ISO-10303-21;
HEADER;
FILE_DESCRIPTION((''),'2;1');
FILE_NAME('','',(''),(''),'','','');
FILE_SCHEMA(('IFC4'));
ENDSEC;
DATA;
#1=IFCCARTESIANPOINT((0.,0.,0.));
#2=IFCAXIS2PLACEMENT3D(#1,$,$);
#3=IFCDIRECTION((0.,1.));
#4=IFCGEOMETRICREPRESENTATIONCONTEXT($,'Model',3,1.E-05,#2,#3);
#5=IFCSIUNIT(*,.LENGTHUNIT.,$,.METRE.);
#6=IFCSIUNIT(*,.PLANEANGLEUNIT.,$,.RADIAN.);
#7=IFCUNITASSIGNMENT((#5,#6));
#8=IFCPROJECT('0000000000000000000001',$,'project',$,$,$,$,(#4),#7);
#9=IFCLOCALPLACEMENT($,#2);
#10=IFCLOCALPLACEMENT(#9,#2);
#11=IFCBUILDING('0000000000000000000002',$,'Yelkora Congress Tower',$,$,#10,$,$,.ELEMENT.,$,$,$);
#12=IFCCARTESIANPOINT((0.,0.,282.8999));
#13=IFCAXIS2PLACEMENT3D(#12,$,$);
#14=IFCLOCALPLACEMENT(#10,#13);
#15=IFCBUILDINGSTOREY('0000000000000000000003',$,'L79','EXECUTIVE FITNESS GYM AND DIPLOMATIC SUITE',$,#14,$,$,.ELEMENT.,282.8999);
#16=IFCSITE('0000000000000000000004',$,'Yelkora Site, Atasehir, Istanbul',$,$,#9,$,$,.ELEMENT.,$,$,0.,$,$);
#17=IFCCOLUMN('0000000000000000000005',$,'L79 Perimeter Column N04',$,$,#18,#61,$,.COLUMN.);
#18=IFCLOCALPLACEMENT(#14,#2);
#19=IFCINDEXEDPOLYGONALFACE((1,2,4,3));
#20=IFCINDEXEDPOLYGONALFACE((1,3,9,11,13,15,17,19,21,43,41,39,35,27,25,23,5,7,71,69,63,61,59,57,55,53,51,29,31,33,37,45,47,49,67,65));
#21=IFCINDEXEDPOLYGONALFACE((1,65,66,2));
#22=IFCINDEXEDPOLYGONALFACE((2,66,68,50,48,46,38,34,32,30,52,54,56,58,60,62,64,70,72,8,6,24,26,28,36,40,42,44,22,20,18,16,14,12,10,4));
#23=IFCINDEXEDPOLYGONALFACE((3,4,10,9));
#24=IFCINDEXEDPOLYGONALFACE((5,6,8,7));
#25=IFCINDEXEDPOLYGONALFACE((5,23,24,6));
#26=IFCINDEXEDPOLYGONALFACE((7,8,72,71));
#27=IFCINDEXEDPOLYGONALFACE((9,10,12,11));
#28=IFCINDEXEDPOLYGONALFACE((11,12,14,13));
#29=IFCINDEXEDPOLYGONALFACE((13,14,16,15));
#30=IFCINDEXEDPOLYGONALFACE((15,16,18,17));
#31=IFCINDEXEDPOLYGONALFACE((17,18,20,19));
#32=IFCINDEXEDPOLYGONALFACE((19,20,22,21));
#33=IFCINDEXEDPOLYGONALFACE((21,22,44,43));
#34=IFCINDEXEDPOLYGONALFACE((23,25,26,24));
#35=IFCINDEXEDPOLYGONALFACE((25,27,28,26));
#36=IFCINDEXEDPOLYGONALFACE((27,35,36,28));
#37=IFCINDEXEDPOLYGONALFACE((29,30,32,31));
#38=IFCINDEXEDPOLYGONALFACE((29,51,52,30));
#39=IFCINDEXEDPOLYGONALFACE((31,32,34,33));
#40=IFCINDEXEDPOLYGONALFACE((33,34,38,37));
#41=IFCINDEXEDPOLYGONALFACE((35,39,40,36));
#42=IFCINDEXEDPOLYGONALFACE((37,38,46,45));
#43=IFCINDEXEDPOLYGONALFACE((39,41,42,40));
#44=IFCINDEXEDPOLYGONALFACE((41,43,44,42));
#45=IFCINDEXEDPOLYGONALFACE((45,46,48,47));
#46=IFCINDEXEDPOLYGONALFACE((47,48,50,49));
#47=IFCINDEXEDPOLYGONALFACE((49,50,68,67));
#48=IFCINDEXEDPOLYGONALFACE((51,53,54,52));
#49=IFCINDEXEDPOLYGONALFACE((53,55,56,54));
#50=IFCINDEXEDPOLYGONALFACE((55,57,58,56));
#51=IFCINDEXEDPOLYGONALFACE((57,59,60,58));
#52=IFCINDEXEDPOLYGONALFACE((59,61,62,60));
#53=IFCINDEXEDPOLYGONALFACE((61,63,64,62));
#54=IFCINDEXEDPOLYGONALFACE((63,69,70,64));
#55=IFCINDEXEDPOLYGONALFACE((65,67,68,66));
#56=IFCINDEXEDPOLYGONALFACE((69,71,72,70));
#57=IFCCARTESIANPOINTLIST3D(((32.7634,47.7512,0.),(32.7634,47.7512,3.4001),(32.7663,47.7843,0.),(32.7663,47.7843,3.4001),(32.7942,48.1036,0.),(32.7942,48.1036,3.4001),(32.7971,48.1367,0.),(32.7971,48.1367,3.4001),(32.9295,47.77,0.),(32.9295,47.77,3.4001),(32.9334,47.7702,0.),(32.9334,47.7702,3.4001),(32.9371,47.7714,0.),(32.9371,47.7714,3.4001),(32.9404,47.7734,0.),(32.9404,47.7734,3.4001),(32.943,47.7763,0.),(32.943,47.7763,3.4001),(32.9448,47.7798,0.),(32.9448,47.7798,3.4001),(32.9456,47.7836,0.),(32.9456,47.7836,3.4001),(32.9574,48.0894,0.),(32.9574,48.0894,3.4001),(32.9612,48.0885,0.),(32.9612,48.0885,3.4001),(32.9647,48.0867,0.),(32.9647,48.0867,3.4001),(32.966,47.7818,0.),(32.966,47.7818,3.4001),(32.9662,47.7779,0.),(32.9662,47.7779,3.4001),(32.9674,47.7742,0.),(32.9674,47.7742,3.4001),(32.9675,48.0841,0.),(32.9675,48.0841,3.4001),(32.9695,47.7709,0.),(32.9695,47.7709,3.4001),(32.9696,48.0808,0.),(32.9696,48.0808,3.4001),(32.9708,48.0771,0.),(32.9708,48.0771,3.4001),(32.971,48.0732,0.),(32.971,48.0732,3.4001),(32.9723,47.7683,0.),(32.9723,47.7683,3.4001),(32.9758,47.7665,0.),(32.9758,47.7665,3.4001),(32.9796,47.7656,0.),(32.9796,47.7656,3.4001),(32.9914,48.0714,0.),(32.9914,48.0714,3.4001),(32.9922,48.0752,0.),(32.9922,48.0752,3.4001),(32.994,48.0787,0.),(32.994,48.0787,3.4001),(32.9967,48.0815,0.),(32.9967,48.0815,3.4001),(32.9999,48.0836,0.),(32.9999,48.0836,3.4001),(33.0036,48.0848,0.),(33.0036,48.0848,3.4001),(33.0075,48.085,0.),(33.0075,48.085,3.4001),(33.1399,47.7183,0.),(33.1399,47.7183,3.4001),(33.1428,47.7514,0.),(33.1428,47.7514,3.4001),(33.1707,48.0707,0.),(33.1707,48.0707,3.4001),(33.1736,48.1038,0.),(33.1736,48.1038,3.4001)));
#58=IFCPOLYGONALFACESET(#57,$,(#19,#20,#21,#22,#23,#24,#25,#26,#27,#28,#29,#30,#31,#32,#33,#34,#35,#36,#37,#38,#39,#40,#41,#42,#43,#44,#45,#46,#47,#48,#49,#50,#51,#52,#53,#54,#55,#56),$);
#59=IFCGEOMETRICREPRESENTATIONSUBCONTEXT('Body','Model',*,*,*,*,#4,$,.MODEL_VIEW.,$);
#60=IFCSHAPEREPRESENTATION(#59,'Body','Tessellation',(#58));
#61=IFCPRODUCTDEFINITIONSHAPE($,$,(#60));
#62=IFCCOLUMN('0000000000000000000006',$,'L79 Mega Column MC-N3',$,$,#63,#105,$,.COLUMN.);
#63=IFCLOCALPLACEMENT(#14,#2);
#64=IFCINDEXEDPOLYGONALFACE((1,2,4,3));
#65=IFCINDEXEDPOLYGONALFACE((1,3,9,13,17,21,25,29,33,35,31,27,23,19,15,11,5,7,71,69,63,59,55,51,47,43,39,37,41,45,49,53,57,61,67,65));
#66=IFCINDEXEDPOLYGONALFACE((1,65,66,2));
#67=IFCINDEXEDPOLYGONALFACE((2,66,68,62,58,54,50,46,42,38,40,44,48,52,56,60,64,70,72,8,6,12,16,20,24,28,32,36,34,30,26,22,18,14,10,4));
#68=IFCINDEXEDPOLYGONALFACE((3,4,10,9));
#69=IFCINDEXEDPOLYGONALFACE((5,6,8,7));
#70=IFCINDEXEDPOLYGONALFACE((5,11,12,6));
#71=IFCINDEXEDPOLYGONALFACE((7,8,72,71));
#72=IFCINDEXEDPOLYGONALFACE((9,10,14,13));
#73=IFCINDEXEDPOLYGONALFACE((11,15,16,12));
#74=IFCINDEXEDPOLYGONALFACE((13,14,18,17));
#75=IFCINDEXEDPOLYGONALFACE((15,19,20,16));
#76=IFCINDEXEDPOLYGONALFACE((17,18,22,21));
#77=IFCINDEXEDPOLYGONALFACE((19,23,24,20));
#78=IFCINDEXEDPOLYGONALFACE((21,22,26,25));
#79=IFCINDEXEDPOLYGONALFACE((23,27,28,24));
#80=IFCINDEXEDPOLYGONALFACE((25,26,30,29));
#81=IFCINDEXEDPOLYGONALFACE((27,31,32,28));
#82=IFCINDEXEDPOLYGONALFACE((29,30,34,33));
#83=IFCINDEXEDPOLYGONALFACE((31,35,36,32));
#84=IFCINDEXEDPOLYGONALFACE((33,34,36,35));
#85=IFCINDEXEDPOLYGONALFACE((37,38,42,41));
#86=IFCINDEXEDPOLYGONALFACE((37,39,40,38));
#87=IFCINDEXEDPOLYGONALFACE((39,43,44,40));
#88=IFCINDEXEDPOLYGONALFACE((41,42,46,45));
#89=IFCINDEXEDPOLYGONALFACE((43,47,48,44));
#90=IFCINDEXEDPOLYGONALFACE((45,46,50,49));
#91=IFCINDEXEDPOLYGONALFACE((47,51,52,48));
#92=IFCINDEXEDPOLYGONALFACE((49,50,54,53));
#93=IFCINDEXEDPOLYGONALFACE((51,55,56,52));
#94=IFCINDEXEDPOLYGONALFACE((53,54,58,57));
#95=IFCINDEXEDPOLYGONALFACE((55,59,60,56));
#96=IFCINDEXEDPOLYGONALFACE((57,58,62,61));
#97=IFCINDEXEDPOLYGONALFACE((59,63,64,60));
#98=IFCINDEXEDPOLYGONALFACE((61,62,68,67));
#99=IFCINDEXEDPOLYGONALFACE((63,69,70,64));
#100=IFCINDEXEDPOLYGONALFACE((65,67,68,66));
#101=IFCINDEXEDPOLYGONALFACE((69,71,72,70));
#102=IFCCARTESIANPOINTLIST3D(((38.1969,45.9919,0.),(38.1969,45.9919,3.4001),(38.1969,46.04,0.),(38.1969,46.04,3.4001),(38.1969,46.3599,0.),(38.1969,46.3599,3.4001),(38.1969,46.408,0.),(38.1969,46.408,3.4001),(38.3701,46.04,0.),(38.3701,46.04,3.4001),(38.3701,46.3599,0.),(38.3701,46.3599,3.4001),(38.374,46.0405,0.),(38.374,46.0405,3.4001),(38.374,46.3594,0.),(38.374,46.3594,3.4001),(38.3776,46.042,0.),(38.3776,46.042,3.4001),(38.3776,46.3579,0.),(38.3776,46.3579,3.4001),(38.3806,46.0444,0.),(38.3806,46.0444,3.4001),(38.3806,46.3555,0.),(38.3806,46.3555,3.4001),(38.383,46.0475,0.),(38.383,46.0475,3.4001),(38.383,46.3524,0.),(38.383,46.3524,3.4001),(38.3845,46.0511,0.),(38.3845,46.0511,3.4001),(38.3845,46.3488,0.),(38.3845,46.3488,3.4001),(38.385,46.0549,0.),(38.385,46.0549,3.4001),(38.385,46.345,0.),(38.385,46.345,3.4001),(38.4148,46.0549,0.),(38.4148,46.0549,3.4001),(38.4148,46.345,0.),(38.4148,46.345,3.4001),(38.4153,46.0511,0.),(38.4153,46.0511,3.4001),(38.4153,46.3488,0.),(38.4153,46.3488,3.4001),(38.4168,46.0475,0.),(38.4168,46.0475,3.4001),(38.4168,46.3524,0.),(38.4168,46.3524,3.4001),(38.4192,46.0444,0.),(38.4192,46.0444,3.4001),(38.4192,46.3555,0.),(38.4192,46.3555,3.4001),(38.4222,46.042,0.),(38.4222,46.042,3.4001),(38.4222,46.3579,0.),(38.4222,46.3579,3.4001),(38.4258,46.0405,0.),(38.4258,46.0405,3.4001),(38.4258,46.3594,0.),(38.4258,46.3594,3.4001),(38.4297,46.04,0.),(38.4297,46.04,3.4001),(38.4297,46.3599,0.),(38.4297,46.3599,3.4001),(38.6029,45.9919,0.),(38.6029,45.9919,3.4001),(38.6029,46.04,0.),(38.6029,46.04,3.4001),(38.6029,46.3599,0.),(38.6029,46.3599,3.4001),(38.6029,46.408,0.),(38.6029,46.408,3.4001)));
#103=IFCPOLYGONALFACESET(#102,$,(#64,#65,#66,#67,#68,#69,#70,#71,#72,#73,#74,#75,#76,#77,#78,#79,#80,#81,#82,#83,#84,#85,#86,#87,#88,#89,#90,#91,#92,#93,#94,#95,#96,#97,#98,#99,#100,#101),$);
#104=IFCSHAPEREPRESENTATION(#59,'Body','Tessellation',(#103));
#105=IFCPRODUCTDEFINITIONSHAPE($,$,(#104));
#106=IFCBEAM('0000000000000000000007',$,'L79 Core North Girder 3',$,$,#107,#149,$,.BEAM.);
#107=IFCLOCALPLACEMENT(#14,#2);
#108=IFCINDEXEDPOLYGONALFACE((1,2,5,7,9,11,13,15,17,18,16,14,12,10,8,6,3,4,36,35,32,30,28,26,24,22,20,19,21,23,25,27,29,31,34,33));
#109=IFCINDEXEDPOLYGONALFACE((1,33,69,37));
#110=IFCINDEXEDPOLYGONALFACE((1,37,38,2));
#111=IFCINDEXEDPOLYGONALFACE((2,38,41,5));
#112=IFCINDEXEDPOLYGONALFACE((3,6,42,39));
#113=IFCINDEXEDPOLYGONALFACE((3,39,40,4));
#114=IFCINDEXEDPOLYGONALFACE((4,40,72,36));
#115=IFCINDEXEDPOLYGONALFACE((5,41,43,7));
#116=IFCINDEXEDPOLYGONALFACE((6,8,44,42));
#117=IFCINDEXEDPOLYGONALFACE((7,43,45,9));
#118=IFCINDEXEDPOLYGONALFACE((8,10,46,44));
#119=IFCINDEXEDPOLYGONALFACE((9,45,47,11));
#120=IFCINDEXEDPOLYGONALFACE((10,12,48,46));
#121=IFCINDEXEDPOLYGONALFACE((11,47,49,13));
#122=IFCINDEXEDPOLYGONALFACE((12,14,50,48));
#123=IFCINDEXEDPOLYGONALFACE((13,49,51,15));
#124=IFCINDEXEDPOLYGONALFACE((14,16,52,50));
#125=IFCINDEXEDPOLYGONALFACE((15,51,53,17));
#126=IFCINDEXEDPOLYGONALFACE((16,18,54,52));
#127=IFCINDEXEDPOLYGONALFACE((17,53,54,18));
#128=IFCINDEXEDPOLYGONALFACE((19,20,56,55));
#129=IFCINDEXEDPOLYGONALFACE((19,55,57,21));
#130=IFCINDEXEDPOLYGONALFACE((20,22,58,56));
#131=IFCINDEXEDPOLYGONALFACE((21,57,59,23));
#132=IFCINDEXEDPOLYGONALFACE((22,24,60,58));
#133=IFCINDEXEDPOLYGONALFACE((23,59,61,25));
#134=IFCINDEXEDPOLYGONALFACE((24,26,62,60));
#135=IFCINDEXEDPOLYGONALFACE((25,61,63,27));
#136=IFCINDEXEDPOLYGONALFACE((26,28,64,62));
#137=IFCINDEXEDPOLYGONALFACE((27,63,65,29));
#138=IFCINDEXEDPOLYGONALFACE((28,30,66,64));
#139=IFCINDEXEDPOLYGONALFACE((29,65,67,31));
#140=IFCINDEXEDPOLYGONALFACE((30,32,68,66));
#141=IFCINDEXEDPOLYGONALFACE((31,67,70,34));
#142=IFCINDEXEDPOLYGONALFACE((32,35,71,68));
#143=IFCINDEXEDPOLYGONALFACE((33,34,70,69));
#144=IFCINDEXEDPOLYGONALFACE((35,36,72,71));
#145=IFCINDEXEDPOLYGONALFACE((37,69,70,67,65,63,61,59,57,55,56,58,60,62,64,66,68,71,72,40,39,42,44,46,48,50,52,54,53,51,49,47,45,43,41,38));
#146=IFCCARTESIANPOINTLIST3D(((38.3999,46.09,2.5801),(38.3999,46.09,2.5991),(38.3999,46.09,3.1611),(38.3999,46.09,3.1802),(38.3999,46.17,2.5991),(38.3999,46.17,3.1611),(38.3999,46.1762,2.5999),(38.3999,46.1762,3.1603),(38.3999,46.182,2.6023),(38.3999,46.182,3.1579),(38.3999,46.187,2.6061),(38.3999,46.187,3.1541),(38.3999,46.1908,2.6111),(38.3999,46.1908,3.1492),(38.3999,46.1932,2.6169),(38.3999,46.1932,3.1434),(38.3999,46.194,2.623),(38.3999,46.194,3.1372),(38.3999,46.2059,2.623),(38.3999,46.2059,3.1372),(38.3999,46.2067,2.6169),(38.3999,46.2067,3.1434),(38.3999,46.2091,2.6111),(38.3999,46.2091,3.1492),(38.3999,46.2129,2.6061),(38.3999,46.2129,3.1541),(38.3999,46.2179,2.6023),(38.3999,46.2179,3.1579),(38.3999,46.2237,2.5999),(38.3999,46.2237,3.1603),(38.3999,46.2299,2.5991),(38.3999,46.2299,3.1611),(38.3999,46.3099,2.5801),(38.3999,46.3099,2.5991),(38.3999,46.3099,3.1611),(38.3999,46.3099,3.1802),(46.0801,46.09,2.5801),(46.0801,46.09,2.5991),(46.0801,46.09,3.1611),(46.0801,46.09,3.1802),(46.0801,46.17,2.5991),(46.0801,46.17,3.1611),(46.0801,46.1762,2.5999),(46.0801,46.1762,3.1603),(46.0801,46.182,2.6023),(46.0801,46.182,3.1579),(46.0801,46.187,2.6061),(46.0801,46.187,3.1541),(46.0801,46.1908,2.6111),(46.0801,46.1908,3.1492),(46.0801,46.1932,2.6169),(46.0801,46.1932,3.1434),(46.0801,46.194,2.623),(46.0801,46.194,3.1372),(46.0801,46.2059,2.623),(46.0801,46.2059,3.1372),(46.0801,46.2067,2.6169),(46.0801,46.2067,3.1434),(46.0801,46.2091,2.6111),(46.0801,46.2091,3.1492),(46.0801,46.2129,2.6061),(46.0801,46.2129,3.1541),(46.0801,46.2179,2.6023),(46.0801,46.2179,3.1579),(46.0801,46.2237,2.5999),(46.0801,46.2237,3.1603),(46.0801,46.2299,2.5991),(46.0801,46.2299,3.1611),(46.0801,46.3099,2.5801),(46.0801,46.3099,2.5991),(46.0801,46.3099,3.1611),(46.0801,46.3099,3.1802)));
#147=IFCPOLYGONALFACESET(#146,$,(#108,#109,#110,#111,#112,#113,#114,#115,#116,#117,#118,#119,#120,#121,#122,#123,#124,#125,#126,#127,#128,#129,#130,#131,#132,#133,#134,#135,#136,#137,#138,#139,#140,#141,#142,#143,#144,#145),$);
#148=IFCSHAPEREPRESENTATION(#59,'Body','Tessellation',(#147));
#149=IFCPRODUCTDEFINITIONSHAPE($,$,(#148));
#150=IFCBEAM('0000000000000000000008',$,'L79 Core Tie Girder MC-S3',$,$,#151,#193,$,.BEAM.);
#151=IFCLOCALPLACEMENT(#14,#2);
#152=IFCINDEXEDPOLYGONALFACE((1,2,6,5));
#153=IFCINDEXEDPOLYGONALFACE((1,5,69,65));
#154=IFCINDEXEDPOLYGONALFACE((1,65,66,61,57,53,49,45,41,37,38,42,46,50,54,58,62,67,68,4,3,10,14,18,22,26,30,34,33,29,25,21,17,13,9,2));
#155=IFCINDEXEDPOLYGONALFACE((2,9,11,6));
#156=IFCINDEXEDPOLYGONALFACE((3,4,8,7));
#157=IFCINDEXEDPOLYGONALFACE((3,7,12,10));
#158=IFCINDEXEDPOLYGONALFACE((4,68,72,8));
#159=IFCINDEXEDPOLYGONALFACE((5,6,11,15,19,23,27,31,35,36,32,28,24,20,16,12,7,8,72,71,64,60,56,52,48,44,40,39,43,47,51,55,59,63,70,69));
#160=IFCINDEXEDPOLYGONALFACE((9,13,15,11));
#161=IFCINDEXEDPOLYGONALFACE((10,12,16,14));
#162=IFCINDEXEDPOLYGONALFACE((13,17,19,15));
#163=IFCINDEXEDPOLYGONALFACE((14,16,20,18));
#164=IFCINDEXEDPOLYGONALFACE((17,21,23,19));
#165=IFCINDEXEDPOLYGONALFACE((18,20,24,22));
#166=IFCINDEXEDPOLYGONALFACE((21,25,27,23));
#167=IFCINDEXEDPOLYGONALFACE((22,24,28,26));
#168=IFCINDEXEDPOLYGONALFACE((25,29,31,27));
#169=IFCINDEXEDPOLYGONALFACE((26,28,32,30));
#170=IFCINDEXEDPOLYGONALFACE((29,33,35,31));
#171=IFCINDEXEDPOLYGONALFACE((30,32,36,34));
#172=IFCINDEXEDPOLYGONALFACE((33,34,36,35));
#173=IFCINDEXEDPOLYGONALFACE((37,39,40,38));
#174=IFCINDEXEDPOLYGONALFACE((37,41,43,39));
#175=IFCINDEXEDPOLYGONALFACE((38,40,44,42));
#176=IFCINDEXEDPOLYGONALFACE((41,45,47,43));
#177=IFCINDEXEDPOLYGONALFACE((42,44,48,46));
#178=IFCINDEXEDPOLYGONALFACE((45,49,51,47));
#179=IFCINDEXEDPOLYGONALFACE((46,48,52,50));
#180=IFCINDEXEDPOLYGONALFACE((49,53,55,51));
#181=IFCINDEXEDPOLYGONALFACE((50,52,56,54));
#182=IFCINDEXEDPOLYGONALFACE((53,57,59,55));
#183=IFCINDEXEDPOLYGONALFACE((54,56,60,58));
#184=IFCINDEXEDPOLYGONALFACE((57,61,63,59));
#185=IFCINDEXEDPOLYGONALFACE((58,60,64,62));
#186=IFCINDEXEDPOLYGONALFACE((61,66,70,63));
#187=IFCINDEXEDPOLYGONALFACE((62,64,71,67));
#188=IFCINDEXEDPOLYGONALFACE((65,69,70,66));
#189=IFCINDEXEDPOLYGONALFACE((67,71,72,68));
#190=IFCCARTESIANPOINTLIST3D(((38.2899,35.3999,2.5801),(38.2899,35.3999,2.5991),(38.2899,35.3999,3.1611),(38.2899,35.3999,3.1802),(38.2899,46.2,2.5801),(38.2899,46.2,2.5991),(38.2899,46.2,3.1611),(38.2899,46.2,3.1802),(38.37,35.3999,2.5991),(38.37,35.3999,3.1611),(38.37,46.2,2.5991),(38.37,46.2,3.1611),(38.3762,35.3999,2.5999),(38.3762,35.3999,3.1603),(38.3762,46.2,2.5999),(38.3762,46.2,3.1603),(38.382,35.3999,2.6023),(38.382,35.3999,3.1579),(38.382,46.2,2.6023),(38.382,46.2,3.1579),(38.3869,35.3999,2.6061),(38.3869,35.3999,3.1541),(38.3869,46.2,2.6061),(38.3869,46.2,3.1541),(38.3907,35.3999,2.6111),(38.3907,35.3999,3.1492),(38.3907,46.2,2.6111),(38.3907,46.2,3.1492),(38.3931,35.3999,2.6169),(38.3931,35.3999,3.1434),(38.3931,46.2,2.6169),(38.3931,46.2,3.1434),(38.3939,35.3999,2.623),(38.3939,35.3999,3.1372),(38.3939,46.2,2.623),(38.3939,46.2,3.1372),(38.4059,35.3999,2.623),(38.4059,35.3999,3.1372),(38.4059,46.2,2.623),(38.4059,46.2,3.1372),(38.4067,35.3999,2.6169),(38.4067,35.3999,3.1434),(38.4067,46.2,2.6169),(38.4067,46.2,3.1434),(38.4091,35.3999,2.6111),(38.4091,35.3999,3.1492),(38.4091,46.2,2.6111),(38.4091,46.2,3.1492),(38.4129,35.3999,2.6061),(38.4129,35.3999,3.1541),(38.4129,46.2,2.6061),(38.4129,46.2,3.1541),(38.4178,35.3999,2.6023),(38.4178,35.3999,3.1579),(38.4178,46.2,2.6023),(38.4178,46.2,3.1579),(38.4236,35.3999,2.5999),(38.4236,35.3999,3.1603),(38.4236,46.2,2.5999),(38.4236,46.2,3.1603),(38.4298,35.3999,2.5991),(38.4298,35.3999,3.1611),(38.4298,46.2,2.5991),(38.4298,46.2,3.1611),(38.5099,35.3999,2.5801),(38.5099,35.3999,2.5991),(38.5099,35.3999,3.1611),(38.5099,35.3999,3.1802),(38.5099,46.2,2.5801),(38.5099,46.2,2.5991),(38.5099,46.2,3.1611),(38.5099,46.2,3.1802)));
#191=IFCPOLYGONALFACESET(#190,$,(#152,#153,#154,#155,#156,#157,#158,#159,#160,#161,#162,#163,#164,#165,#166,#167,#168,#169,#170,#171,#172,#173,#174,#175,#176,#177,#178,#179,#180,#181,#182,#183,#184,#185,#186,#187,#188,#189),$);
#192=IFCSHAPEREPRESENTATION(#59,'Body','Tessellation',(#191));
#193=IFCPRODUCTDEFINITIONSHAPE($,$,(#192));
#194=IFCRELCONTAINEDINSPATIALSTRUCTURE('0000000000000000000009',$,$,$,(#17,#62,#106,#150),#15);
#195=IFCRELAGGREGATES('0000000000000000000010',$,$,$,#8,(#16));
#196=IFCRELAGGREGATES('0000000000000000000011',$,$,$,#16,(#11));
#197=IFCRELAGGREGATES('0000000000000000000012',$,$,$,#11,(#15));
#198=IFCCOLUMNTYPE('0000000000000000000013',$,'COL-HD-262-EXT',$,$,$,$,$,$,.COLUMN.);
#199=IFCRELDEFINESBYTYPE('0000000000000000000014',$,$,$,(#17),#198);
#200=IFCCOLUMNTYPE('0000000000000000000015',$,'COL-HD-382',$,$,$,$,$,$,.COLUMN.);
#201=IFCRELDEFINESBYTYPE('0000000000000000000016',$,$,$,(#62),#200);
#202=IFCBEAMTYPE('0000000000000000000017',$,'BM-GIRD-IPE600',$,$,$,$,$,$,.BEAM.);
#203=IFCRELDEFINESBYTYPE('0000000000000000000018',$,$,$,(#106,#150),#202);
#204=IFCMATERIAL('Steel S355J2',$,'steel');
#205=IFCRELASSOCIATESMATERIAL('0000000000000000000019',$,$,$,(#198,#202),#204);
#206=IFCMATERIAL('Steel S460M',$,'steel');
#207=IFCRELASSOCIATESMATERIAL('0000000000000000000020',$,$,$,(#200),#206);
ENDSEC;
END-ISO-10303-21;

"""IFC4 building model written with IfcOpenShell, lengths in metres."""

from ifc_helpers import new_model, si_unit, direction, frame, origin, origin_2d, place, context, subcontext, project, spatial, i_section, extrude, material, material_profile, profile_set, type_object, element, save


model = new_model("IFC4")

# Units and contexts
model_context = context("Model", 3, precision=1e-05, world=origin(), true_north=direction((0.0, 1.0)))
body_context = subcontext(model_context, "Body", "Model", "MODEL_VIEW")
ifc_project = project(units=[si_unit("LENGTHUNIT", "METRE"), si_unit("PLANEANGLEUNIT", "RADIAN")], contexts=[model_context])

# Site, building, storey
site_placement = place(None, origin())
site = spatial("IfcSite", under=ifc_project, at=site_placement, Name="Yelkora Site, Atasehir, Istanbul", CompositionType="ELEMENT", RefElevation=0.0)
building_placement = place(site_placement, origin())
building = spatial("IfcBuilding", under=site, at=building_placement, Name="Yelkora Congress Tower", CompositionType="ELEMENT")
storey_placement = place(building_placement, frame((0.0, 0.0, 282.8999)))
storey = spatial("IfcBuildingStorey", under=building, at=storey_placement, Name="L79", Description="EXECUTIVE FITNESS GYM AND DIPLOMATIC SUITE", CompositionType="ELEMENT", Elevation=282.8999)

# Columns
ifc_material_1 = material(Name="Steel S355J2", Category="steel")
ifc_material_profile_1 = material_profile(ifc_material_1, i_section(OverallWidth=0.3779, OverallDepth=0.387, WebThickness=0.0205, FlangeThickness=0.0332, FilletRadius=0.0149, at=origin_2d()), Name="HD 360x262")
ifc_profile_set_1 = profile_set([ifc_material_profile_1], Name="Steel S355J2")
column_type_1 = type_object("IfcColumnType", Name="COL-HD-262-EXT", PredefinedType="COLUMN", material=ifc_profile_set_1)
column_1_placement = place(storey_placement, frame((32.9685, 47.9275, 0.0), z_axis=(0.0, 0.0, 1.0), x_axis=(0.996195, -0.087156, 0.0)))
element("IfcColumn", 1, at=column_1_placement, inside=storey, type_object=column_type_1, Name="L79 Perimeter Column N04", PredefinedType="COLUMN", context=body_context, shape_type="SweptSolid", body=[
    extrude(i_section(OverallWidth=0.3779, OverallDepth=0.387, WebThickness=0.0205, FlangeThickness=0.0332, FilletRadius=0.0149, at=origin_2d()), origin(), (0.0, 0.0, 1.0), 3.4001),
])
ifc_material_2 = material(Name="Steel S460M", Category="steel")
ifc_material_profile_2 = material_profile(ifc_material_2, i_section(OverallWidth=0.406, OverallDepth=0.416, WebThickness=0.0298, FlangeThickness=0.0481, FilletRadius=0.0149, at=origin_2d()), Name="HD 400x382")
ifc_profile_set_2 = profile_set([ifc_material_profile_2], Name="Steel S460M")
column_type_2 = type_object("IfcColumnType", Name="COL-HD-382", PredefinedType="COLUMN", material=ifc_profile_set_2)
column_2_placement = place(storey_placement, frame((38.3999, 46.2, 0.0), z_axis=(0.0, 0.0, 1.0), x_axis=(1.0, 0.0, 0.0)))
element("IfcColumn", 2, at=column_2_placement, inside=storey, type_object=column_type_2, Name="L79 Mega Column MC-N3", PredefinedType="COLUMN", context=body_context, shape_type="SweptSolid", body=[
    extrude(i_section(OverallWidth=0.406, OverallDepth=0.416, WebThickness=0.0298, FlangeThickness=0.0481, FilletRadius=0.0149, at=origin_2d()), origin(), (0.0, 0.0, 1.0), 3.4001),
])

# Beams
ifc_material_profile_3 = material_profile(ifc_material_1, i_section(OverallWidth=0.22, OverallDepth=0.6001, WebThickness=0.012, FlangeThickness=0.019, FilletRadius=0.0239, at=origin_2d()), Name="IPE 600")
ifc_profile_set_3 = profile_set([ifc_material_profile_3], Name="Steel S355J2")
beam_type_1 = type_object("IfcBeamType", Name="BM-GIRD-IPE600", PredefinedType="BEAM", material=ifc_profile_set_3)
beam_1_placement = place(storey_placement, frame((38.3999, 46.2, 2.8801), z_axis=(1.0, 0.0, 0.0), x_axis=(0.0, 1.0, 0.0)))
element("IfcBeam", 3, at=beam_1_placement, inside=storey, type_object=beam_type_1, Name="L79 Core North Girder 3", PredefinedType="BEAM", context=body_context, shape_type="SweptSolid", body=[
    extrude(i_section(OverallWidth=0.22, OverallDepth=0.6001, WebThickness=0.012, FlangeThickness=0.019, FilletRadius=0.0239, at=origin_2d()), origin(), (0.0, 0.0, 1.0), 7.6802),
])
beam_2_placement = place(storey_placement, frame((38.3999, 35.3999, 2.8801), z_axis=(0.0, 1.0, 0.0), x_axis=(-1.0, 0.0, 0.0)))
element("IfcBeam", 4, at=beam_2_placement, inside=storey, type_object=beam_type_1, Name="L79 Core Tie Girder MC-S3", PredefinedType="BEAM", context=body_context, shape_type="SweptSolid", body=[
    extrude(i_section(OverallWidth=0.22, OverallDepth=0.6001, WebThickness=0.012, FlangeThickness=0.019, FilletRadius=0.0239, at=origin_2d()), origin(), (0.0, 0.0, 1.0), 10.8),
])

save(model, "model.ifc")
